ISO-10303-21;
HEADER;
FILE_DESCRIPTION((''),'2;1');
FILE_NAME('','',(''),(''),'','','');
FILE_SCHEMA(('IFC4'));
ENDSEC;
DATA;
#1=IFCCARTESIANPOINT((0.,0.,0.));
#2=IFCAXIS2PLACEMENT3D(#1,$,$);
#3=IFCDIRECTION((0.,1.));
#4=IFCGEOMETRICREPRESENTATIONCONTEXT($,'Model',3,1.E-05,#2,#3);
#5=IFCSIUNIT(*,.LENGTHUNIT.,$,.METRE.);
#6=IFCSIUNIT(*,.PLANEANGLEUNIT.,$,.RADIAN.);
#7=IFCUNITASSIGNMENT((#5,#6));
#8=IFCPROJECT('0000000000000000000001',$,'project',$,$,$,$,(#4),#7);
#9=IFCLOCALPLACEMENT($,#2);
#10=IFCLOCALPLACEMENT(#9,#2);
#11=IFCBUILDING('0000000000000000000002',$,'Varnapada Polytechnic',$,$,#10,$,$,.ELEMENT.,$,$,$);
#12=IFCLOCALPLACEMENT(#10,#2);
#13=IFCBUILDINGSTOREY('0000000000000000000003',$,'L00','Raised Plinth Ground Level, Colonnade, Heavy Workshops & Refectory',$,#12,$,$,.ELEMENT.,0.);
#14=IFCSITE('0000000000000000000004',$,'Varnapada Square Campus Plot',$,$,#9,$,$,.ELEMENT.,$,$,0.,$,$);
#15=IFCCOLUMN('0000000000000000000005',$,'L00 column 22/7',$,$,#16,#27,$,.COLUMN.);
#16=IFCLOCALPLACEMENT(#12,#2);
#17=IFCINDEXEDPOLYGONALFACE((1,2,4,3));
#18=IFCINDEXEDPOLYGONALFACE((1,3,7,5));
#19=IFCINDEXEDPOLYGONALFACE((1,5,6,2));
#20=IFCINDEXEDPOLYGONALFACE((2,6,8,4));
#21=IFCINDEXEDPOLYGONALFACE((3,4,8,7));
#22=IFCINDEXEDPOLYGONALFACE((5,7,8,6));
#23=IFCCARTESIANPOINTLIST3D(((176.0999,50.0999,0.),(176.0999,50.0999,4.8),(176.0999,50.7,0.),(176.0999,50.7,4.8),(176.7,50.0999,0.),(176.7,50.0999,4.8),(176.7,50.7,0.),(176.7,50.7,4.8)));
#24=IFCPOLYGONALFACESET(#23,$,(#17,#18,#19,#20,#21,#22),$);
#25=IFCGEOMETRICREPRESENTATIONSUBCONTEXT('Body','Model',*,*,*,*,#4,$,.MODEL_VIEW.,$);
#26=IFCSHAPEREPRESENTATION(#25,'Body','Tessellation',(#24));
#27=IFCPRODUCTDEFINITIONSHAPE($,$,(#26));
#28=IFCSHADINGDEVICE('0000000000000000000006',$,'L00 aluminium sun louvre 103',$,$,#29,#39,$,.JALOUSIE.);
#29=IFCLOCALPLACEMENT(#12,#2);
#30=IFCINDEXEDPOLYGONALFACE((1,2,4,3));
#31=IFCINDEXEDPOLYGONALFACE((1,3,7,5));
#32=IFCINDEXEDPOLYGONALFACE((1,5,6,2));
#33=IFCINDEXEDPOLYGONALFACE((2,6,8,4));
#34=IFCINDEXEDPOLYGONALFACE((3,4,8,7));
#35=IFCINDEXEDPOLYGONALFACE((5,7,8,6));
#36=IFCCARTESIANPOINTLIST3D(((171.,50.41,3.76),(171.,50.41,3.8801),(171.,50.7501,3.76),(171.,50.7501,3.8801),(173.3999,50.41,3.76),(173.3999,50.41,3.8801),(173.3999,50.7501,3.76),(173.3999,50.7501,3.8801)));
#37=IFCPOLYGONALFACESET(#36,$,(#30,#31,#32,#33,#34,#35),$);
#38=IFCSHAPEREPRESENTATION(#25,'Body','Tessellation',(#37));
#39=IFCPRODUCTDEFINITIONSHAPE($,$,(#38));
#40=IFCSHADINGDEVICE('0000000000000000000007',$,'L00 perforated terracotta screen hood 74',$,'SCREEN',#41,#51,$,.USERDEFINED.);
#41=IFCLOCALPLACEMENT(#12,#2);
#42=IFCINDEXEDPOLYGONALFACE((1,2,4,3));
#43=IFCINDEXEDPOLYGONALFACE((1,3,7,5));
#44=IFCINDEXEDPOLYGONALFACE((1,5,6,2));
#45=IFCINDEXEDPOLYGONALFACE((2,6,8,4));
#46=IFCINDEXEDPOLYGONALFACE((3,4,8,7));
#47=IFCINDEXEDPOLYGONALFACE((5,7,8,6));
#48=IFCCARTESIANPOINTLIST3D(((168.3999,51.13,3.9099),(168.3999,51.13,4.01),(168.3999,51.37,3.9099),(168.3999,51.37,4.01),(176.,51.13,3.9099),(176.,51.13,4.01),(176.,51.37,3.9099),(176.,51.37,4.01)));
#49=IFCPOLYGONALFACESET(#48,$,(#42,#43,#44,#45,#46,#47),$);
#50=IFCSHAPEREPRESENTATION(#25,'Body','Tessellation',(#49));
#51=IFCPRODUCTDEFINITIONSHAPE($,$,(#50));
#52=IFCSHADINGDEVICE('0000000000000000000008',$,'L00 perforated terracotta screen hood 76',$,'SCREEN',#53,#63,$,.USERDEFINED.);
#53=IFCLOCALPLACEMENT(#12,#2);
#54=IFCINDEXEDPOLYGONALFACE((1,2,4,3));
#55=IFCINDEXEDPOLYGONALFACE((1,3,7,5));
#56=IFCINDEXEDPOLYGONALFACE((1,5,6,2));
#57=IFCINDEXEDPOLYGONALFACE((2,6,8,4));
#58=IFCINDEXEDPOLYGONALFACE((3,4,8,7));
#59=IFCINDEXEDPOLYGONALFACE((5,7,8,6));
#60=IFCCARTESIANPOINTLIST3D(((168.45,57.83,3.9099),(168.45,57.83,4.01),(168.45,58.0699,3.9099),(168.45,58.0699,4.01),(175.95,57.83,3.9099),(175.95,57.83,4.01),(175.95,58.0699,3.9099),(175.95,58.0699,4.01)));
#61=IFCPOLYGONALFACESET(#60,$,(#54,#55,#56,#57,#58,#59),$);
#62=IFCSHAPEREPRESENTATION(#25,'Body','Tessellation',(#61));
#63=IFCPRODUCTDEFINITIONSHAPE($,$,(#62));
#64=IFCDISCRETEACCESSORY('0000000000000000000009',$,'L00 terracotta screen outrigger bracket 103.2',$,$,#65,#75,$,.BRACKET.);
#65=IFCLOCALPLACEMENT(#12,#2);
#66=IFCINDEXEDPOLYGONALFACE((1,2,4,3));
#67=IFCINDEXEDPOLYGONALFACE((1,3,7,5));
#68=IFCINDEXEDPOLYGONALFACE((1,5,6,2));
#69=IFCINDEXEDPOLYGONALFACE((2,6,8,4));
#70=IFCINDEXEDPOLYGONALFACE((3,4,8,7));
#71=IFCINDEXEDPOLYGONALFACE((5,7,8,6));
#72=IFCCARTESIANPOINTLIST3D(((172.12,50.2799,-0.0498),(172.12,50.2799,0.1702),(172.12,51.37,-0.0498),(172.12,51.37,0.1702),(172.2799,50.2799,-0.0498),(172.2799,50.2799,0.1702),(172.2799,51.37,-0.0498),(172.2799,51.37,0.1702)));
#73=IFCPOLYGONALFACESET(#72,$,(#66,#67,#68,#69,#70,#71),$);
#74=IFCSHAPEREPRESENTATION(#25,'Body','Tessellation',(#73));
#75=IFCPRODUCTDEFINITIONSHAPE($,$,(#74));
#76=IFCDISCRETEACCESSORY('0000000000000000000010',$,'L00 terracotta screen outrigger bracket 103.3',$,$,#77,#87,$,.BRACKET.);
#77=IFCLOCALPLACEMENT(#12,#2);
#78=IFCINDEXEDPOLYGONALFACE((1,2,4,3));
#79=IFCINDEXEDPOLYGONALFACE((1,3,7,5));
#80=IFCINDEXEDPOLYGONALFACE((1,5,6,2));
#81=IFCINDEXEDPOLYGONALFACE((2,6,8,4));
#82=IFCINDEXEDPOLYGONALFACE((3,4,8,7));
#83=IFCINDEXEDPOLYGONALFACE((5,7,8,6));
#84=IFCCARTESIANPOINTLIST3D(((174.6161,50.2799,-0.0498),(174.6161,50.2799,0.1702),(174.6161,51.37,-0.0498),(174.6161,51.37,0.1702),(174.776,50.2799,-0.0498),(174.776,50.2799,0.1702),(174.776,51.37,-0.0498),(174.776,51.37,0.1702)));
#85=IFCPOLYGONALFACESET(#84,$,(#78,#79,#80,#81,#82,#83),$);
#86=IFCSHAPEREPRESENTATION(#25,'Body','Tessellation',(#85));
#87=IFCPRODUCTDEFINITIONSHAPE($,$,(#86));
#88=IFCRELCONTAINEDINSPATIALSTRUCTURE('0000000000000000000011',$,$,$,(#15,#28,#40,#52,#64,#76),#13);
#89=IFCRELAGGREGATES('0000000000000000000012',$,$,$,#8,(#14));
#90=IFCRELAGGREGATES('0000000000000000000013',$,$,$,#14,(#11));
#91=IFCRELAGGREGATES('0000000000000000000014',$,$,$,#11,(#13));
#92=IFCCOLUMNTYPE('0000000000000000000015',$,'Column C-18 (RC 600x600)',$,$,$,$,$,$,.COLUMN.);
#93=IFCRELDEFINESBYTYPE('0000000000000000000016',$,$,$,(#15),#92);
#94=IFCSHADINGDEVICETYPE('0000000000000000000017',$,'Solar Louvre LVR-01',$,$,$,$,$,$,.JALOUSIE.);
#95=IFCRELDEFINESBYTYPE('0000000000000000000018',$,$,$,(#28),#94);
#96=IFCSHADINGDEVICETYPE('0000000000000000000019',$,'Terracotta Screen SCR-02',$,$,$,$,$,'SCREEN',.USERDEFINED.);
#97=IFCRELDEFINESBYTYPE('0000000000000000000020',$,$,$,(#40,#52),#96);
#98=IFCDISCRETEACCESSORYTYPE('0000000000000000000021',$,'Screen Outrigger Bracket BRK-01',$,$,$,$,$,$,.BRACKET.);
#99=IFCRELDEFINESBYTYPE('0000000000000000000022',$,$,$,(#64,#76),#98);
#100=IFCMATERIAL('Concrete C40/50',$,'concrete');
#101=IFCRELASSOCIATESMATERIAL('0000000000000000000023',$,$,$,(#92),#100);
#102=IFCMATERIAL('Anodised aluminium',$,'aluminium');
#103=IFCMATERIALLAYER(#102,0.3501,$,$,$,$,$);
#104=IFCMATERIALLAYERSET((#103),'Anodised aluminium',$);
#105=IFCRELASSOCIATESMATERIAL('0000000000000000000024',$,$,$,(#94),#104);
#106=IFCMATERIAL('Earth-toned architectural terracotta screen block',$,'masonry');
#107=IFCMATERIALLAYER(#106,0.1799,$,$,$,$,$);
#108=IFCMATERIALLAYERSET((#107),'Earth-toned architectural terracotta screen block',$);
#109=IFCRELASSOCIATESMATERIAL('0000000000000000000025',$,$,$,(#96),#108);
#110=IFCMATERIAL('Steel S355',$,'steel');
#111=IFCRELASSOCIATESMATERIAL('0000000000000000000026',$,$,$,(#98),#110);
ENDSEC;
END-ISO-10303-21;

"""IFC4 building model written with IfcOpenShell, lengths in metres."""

from ifc_helpers import new_model, si_unit, direction, frame, origin, origin_2d, place, context, subcontext, project, spatial, rectangle, extrude, material, layer, layer_set, material_profile, profile_set, type_object, element, save


model = new_model("IFC4")

# Units and contexts
model_context = context("Model", 3, precision=1e-05, world=origin(), true_north=direction((0.0, 1.0)))
body_context = subcontext(model_context, "Body", "Model", "MODEL_VIEW")
ifc_project = project(units=[si_unit("LENGTHUNIT", "METRE"), si_unit("PLANEANGLEUNIT", "RADIAN")], contexts=[model_context])

# Site, building, storey
site_placement = place(None, origin())
site = spatial("IfcSite", under=ifc_project, at=site_placement, Name="Varnapada Square Campus Plot", CompositionType="ELEMENT", RefElevation=0.0)
building_placement = place(site_placement, origin())
building = spatial("IfcBuilding", under=site, at=building_placement, Name="Varnapada Polytechnic", CompositionType="ELEMENT")
storey_placement = place(building_placement, origin())
storey = spatial("IfcBuildingStorey", under=building, at=storey_placement, Name="L00", Description="Raised Plinth Ground Level, Colonnade, Heavy Workshops & Refectory", CompositionType="ELEMENT", Elevation=0.0)

# Column
ifc_material_1 = material(Name="Concrete C40/50", Category="concrete")
ifc_material_profile = material_profile(ifc_material_1, rectangle(XDim=0.6001, YDim=0.6001, at=origin_2d()), Name="RC 600x600")
ifc_profile_set = profile_set([ifc_material_profile], Name="Concrete C40/50")
column_type = type_object("IfcColumnType", Name="Column C-18 (RC 600x600)", PredefinedType="COLUMN", material=ifc_profile_set)
column_placement = place(storey_placement, frame((176.3999, 50.3999, 0.0), z_axis=(0.0, 0.0, 1.0), x_axis=(1.0, 0.0, 0.0)))
element("IfcColumn", 1, at=column_placement, inside=storey, type_object=column_type, Name="L00 column 22/7", PredefinedType="COLUMN", context=body_context, shape_type="SweptSolid", body=[
    extrude(rectangle(XDim=0.6001, YDim=0.6001, at=origin_2d()), origin(), (0.0, 0.0, 1.0), 4.8),
])

# Shading device
ifc_material_2 = material(Name="Anodised aluminium", Category="aluminium")
ifc_layer_1 = layer(ifc_material_2, 0.3501)
ifc_layer_set_1 = layer_set([ifc_layer_1], Name="Anodised aluminium")
shading_device_type_1 = type_object("IfcShadingDeviceType", Name="Solar Louvre LVR-01", PredefinedType="JALOUSIE", material=ifc_layer_set_1)
shading_device_1_placement = place(storey_placement, frame((172.2, 50.5801, 3.76), z_axis=(0.0, 0.0, 1.0), x_axis=(1.0, 0.0, 0.0)))
element("IfcShadingDevice", 2, at=shading_device_1_placement, inside=storey, type_object=shading_device_type_1, Name="L00 aluminium sun louvre 103", PredefinedType="JALOUSIE", context=body_context, shape_type="SweptSolid", body=[
    extrude(rectangle(XDim=2.3999, YDim=0.3401, at=origin_2d()), origin(), (0.0, 0.0, 1.0), 0.1201),
])

# Shared definitions
ifc_material_3 = material(Name="Earth-toned architectural terracotta screen block", Category="masonry")

# Shading devices
ifc_layer_2 = layer(ifc_material_3, 0.1799)
ifc_layer_set_2 = layer_set([ifc_layer_2], Name="Earth-toned architectural terracotta screen block")
shading_device_type_2 = type_object("IfcShadingDeviceType", Name="Terracotta Screen SCR-02", ElementType="SCREEN", PredefinedType="USERDEFINED", material=ifc_layer_set_2)
shading_device_2_placement = place(storey_placement, frame((172.2, 51.25, 3.9099), z_axis=(0.0, 0.0, 1.0), x_axis=(1.0, 0.0, 0.0)))
element("IfcShadingDevice", 3, at=shading_device_2_placement, inside=storey, type_object=shading_device_type_2, Name="L00 perforated terracotta screen hood 74", ObjectType="SCREEN", PredefinedType="USERDEFINED", context=body_context, shape_type="SweptSolid", body=[
    extrude(rectangle(XDim=7.6001, YDim=0.24, at=origin_2d()), origin(), (0.0, 0.0, 1.0), 0.1001),
])
shading_device_3_placement = place(storey_placement, frame((172.2, 57.95, 3.9099), z_axis=(0.0, 0.0, 1.0), x_axis=(-1.0, 0.0, 0.0)))
element("IfcShadingDevice", 4, at=shading_device_3_placement, inside=storey, type_object=shading_device_type_2, Name="L00 perforated terracotta screen hood 76", ObjectType="SCREEN", PredefinedType="USERDEFINED", context=body_context, shape_type="SweptSolid", body=[
    extrude(rectangle(XDim=7.5, YDim=0.24, at=origin_2d()), origin(), (0.0, 0.0, 1.0), 0.1001),
])

# Discrete accessories
ifc_material_4 = material(Name="Steel S355", Category="steel")
discrete_accessory_type = type_object("IfcDiscreteAccessoryType", Name="Screen Outrigger Bracket BRK-01", PredefinedType="BRACKET", material=ifc_material_4)
for number, where, z_axis, x_axis, name in (
    (5, (172.2, 50.825, -0.0498), (0.0, 0.0, 1.0), (1.0, 0.0, 0.0), "L00 terracotta screen outrigger bracket 103.2"),
    (6, (174.696, 50.825, -0.0498), (0.0, 0.0, 1.0), (1.0, 0.0, 0.0), "L00 terracotta screen outrigger bracket 103.3"),
):
    element("IfcDiscreteAccessory", number, at=place(storey_placement, frame(where, z_axis=z_axis, x_axis=x_axis)), inside=storey, type_object=discrete_accessory_type, Name=name, PredefinedType="BRACKET", context=body_context, shape_type="SweptSolid", body=[
        extrude(rectangle(XDim=0.1599, YDim=1.0901, at=origin_2d()), origin(), (0.0, 0.0, 1.0), 0.22),
    ])

save(model, "model.ifc")
